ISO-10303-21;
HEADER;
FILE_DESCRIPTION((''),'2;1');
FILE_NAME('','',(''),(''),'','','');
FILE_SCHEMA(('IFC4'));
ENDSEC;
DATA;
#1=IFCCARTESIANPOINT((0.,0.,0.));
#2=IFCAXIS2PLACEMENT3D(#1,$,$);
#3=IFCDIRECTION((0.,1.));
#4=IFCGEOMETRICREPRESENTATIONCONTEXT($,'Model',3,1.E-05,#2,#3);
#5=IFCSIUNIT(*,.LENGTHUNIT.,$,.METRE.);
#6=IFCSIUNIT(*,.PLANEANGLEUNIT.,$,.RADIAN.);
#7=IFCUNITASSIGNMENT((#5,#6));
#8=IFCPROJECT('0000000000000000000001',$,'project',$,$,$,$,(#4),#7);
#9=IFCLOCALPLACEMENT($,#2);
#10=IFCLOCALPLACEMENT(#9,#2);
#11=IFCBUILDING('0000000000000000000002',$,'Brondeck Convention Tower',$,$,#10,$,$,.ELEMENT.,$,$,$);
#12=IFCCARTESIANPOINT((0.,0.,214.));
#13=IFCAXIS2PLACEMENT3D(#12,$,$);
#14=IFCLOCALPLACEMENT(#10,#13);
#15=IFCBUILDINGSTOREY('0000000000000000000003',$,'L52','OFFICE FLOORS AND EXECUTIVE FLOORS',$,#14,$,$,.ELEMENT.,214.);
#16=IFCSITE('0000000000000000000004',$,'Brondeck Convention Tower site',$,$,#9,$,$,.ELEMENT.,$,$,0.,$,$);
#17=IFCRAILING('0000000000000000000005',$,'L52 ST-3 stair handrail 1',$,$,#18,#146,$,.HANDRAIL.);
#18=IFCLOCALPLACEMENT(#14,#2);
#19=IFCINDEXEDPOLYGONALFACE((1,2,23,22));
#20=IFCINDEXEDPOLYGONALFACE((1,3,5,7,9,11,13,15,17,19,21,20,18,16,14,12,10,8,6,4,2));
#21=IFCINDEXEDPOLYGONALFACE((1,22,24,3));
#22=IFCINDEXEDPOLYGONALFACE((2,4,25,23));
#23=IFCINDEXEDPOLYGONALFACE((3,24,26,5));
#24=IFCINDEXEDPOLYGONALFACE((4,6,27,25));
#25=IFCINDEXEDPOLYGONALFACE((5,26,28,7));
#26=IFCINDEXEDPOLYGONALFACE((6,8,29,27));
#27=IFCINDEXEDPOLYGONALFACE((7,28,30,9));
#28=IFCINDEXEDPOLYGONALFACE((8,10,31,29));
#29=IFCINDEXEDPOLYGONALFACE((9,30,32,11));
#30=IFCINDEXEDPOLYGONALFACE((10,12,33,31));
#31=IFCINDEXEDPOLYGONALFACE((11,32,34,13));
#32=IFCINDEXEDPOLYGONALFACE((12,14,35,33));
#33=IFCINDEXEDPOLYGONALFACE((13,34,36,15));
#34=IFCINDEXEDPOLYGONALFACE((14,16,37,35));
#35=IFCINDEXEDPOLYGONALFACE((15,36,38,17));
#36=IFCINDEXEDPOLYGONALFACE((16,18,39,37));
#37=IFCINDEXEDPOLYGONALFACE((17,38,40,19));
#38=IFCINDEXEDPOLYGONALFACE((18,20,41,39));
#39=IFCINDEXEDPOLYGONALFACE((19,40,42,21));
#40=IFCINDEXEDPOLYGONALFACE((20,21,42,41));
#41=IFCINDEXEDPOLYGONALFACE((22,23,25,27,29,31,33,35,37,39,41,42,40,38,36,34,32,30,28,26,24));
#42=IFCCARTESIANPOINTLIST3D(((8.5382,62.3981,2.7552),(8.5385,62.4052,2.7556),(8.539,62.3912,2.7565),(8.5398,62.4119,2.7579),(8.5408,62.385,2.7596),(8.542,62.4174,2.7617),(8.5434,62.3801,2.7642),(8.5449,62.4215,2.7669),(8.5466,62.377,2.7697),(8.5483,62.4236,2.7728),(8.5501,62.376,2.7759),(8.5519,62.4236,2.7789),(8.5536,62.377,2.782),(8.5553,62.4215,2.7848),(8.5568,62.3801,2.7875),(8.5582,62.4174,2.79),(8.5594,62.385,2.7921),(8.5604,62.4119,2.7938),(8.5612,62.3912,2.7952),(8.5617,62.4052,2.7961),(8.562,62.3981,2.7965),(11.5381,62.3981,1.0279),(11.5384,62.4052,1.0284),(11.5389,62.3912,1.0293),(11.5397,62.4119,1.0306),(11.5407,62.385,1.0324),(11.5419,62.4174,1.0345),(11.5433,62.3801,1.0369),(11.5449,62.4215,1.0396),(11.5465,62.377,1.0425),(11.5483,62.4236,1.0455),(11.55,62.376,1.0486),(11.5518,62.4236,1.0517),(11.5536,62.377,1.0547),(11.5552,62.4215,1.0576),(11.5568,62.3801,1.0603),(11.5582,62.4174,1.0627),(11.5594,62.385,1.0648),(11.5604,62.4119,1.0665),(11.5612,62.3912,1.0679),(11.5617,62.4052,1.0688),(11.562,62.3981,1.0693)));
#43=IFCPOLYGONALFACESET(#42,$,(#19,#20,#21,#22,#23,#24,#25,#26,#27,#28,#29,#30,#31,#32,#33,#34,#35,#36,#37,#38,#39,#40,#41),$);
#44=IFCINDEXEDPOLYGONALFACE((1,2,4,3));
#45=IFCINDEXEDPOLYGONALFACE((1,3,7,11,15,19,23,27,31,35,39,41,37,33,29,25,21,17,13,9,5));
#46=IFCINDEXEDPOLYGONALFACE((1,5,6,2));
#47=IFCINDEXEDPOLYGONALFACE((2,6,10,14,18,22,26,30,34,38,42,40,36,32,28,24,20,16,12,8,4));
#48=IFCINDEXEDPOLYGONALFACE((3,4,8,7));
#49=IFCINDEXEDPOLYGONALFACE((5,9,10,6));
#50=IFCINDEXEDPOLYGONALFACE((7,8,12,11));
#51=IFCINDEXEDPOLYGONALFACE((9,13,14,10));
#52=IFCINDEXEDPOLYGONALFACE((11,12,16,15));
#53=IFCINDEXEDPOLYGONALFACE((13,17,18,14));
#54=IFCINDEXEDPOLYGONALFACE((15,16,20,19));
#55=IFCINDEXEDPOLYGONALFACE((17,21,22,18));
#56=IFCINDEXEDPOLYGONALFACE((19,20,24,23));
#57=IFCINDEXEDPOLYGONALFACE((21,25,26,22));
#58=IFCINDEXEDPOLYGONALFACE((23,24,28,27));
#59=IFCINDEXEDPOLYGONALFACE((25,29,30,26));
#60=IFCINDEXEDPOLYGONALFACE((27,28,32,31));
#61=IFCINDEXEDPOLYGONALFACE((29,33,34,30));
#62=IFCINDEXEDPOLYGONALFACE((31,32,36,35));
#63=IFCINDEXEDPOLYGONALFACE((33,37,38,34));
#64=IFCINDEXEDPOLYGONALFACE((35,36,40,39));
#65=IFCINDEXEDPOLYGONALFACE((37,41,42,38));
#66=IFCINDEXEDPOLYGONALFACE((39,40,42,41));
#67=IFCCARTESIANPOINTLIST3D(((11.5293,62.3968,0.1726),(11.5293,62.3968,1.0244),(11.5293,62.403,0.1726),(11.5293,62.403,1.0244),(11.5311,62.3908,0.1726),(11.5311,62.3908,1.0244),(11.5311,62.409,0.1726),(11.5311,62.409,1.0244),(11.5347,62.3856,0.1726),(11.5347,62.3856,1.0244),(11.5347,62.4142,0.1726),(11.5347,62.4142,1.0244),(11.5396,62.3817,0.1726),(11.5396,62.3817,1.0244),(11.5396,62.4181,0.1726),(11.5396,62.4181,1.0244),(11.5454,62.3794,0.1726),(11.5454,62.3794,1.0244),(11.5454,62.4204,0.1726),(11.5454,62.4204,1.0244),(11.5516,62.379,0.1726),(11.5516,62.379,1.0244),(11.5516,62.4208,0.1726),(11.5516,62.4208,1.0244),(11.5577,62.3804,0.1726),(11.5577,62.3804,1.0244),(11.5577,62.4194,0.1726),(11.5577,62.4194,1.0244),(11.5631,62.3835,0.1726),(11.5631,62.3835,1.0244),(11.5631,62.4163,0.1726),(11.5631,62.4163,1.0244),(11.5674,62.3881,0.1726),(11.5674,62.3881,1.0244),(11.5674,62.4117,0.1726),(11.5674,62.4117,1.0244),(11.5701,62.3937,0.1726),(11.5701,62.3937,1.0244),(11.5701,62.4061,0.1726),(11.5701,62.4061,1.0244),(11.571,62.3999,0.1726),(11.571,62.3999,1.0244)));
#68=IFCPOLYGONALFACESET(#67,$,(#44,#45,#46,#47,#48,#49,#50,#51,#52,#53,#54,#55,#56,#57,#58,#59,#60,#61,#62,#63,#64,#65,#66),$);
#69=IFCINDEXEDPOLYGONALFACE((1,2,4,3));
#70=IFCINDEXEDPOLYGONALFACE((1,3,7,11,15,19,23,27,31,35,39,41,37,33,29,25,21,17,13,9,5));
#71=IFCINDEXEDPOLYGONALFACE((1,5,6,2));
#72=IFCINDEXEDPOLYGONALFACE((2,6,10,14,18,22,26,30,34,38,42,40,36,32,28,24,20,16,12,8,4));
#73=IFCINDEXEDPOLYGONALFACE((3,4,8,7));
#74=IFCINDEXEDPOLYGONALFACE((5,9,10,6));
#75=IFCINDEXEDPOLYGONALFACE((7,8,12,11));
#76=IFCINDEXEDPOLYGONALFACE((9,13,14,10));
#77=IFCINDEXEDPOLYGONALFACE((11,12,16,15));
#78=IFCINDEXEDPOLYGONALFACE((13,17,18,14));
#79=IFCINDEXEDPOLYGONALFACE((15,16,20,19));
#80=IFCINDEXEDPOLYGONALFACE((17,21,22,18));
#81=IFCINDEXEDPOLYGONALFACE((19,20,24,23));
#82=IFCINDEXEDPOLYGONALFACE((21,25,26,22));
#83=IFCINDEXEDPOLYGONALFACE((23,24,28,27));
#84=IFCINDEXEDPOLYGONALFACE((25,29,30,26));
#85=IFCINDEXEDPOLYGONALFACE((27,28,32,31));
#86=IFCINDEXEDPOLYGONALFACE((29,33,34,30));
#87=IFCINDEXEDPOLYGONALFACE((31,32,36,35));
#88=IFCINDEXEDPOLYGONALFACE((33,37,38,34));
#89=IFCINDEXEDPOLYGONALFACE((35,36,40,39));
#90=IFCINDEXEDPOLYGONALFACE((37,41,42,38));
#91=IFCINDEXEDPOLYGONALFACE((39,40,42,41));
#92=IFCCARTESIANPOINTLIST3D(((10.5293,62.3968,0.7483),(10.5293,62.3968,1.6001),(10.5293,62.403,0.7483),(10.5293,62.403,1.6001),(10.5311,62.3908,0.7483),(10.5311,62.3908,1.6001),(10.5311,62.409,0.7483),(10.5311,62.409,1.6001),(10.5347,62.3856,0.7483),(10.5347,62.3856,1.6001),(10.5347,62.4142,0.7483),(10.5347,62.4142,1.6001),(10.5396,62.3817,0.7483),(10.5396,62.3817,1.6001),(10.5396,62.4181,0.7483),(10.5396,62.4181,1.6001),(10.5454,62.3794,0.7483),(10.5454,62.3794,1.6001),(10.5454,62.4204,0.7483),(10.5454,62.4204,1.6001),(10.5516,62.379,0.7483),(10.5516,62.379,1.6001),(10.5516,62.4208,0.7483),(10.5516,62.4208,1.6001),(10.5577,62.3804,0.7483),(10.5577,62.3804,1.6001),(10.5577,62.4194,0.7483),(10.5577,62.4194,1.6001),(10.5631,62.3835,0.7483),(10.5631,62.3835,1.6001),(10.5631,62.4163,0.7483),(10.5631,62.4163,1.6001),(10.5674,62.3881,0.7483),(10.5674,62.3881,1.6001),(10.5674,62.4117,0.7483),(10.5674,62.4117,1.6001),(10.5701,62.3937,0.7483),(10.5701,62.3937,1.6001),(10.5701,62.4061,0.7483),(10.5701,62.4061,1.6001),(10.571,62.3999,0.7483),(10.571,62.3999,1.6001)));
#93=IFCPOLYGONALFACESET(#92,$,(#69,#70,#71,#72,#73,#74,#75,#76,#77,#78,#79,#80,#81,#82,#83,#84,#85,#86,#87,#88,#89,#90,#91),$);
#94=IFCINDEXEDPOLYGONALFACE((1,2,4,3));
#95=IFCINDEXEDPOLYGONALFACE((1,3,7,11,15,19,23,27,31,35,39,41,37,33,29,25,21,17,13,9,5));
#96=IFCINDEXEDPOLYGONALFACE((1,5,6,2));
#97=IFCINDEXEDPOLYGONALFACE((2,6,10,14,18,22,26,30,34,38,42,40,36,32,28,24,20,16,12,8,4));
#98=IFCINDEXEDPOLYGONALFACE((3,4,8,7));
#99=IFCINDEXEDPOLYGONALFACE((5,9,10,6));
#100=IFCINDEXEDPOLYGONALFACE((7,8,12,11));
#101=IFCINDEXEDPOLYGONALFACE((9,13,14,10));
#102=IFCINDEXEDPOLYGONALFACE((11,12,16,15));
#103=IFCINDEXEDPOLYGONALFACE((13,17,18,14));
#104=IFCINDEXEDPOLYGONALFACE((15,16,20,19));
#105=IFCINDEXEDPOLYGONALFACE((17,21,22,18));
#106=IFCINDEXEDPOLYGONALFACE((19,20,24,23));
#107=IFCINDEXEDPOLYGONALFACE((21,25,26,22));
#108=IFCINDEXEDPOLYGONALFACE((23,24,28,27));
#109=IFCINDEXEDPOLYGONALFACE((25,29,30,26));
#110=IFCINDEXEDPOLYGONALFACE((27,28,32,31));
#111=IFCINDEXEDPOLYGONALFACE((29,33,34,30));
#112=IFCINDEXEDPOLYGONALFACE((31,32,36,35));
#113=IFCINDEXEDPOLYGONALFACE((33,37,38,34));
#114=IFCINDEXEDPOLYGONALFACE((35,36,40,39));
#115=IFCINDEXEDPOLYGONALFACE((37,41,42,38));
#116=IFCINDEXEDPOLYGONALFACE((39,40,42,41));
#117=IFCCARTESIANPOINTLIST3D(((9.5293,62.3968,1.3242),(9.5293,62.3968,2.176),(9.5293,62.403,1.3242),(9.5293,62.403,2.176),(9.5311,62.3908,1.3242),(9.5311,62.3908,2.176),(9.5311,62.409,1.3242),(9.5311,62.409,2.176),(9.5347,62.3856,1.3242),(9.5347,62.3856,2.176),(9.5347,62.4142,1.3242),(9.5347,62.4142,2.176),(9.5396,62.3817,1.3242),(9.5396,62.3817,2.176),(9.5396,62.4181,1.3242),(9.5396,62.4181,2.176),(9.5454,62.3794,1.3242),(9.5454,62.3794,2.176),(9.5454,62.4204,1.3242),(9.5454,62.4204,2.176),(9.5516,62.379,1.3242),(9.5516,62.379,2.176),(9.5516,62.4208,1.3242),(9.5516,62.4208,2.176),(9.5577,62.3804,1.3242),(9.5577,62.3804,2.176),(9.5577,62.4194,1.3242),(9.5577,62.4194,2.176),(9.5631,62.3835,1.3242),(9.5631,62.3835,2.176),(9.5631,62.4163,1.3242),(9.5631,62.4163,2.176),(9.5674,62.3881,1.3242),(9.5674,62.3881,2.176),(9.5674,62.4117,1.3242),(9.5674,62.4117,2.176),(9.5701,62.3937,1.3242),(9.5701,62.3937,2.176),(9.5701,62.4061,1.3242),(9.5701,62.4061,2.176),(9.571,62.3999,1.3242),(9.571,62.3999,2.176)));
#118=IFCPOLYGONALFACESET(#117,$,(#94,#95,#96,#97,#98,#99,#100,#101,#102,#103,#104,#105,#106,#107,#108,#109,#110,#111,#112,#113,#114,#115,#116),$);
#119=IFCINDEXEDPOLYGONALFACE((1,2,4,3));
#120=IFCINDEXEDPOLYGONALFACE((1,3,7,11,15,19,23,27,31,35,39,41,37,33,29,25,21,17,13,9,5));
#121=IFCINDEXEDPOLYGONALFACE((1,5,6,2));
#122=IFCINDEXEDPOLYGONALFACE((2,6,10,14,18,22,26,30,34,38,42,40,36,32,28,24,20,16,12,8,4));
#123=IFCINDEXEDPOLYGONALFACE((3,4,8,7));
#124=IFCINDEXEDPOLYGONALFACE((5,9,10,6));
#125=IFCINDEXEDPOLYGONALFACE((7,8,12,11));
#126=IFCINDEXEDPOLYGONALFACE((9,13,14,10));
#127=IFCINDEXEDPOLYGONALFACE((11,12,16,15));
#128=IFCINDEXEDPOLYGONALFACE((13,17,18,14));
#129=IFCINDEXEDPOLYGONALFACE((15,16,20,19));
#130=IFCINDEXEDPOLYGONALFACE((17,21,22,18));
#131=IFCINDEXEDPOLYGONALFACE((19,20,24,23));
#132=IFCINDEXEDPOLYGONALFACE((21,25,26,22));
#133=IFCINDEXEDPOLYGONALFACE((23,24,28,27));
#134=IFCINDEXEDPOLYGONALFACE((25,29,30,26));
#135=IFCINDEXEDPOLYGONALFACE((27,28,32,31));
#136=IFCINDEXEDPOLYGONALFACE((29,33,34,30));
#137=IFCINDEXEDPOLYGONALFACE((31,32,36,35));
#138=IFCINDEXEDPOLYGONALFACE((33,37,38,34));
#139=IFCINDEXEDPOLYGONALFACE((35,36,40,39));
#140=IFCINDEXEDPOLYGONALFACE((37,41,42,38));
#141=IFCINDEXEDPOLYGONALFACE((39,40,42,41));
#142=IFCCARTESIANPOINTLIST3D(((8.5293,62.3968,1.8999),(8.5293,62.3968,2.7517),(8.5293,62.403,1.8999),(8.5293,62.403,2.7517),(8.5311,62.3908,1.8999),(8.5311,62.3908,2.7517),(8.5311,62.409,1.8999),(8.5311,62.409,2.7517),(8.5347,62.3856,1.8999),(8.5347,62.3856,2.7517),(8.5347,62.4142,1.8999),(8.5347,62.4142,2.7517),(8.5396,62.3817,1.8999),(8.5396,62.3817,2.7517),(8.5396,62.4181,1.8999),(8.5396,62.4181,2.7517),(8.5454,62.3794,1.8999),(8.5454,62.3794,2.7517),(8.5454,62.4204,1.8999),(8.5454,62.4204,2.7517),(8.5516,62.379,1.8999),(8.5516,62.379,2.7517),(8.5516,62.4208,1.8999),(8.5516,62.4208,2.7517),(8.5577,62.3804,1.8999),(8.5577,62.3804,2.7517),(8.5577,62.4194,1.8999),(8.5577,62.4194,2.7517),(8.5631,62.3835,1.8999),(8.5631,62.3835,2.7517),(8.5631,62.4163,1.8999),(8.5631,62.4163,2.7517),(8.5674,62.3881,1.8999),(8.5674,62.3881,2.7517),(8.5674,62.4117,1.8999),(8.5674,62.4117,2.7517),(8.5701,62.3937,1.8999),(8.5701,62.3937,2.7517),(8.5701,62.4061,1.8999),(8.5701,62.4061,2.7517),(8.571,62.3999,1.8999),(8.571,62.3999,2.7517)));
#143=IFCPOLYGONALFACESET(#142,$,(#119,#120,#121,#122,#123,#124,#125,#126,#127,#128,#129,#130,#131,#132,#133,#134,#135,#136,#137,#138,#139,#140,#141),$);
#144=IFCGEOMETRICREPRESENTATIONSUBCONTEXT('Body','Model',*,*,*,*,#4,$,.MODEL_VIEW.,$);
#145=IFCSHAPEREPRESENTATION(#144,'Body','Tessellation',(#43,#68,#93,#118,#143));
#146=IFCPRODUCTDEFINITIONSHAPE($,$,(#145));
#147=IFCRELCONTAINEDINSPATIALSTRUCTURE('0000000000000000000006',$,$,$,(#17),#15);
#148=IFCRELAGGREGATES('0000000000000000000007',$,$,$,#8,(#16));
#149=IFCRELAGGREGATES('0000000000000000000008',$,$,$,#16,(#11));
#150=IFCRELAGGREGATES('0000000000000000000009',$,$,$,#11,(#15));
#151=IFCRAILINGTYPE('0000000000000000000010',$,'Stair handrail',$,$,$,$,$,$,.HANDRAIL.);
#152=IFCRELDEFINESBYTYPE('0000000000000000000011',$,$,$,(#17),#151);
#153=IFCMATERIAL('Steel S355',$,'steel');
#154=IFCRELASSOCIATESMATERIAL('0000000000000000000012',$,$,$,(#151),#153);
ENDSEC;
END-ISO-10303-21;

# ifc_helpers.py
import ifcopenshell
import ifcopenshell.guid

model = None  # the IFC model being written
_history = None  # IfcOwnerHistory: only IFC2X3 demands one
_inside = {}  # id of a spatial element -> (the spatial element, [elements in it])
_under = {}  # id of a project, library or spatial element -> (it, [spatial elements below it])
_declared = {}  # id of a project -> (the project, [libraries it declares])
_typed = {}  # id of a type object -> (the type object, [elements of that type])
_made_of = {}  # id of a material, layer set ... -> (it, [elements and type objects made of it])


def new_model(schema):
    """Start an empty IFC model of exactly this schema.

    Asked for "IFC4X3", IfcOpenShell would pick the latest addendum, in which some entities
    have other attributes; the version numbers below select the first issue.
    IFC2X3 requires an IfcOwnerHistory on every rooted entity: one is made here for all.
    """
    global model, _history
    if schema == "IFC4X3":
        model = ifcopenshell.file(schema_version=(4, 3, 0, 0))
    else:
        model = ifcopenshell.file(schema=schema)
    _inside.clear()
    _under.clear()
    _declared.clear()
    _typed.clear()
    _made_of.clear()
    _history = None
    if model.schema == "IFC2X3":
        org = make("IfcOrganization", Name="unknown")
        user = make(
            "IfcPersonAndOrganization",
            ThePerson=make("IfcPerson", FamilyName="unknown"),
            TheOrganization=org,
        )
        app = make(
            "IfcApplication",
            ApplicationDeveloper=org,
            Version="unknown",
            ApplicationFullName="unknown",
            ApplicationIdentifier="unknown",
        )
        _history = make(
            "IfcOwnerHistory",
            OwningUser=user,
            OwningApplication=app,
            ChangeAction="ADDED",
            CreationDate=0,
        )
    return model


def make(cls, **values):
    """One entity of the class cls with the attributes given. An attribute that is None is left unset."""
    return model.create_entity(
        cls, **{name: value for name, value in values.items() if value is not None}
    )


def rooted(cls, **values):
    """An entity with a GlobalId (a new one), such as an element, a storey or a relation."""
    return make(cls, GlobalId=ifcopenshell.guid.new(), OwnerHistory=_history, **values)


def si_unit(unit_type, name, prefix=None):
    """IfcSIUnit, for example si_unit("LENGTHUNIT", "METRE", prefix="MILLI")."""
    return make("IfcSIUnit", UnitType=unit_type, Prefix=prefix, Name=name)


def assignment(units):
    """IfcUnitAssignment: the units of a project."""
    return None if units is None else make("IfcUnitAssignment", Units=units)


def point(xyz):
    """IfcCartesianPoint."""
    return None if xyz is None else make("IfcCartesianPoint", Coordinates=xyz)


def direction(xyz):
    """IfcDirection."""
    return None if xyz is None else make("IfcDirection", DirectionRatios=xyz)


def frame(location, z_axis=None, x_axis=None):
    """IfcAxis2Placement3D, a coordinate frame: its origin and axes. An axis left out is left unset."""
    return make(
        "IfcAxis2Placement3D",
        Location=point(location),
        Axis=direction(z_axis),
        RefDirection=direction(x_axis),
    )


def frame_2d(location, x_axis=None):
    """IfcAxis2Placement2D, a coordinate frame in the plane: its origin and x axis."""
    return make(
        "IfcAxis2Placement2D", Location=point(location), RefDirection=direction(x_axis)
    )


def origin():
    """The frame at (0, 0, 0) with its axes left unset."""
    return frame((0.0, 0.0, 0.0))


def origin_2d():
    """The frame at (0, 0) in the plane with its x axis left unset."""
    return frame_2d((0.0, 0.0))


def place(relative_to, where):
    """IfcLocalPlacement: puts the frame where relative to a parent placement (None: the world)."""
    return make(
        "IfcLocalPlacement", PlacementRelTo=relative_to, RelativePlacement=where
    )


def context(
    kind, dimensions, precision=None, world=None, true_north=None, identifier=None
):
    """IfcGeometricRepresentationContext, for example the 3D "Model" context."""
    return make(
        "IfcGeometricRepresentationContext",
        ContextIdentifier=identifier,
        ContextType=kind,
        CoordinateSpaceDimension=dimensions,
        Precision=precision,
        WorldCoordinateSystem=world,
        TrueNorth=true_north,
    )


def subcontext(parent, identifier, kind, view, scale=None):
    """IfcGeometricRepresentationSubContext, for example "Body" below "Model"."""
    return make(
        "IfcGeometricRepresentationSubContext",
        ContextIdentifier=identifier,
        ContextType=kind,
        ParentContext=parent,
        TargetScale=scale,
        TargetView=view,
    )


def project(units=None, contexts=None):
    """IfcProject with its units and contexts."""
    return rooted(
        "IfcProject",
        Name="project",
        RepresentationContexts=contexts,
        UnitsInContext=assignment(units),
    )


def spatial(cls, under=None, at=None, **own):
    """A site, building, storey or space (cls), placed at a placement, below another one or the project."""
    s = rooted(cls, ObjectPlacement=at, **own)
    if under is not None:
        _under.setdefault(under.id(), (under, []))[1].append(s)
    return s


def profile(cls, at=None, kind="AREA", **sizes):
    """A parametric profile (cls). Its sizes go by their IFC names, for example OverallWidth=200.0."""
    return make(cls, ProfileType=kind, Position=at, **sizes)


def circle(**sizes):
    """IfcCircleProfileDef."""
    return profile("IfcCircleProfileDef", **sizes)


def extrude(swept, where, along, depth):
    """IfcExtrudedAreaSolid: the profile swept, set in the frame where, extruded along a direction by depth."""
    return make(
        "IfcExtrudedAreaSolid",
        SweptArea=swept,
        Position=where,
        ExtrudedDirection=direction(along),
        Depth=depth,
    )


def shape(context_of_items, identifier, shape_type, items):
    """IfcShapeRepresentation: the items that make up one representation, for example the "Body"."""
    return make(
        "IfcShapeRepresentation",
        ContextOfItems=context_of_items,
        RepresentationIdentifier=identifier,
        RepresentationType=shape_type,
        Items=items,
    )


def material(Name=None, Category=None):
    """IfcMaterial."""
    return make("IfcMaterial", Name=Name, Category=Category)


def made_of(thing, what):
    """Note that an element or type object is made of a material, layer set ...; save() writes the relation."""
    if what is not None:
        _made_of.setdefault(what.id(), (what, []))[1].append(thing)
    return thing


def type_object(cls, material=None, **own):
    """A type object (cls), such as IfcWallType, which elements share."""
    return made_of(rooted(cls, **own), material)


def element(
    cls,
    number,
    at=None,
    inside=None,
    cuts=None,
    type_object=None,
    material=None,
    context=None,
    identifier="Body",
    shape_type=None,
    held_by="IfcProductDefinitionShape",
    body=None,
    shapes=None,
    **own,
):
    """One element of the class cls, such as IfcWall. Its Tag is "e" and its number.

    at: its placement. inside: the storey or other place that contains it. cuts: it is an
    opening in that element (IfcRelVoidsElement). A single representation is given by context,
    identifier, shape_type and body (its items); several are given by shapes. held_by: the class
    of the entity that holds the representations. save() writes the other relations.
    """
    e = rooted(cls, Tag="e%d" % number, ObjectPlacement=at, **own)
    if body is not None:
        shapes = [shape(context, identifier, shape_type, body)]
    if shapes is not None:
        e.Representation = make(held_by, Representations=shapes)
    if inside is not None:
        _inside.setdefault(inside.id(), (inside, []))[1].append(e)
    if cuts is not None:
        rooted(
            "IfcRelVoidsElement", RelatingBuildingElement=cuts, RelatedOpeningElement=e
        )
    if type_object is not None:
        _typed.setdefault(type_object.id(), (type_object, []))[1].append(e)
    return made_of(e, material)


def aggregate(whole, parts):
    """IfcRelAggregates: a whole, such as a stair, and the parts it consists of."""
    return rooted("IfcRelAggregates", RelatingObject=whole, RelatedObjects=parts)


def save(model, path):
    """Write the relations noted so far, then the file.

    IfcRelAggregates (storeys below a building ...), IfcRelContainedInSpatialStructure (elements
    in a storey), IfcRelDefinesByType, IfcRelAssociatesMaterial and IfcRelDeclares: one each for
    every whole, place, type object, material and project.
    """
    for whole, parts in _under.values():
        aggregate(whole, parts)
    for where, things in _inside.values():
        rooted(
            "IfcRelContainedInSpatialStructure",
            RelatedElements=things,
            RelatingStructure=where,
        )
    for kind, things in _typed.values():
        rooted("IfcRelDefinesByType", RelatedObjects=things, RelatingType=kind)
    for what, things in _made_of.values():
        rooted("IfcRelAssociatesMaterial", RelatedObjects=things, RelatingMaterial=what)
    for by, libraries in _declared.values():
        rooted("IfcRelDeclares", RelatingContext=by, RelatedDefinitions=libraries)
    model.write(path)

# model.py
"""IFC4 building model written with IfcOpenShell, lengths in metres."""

from ifc_helpers import new_model, si_unit, direction, frame, origin, origin_2d, place, context, subcontext, project, spatial, circle, extrude, material, type_object, element, save


model = new_model("IFC4")

# Units and contexts
model_context = context("Model", 3, precision=1e-05, world=origin(), true_north=direction((0.0, 1.0)))
body_context = subcontext(model_context, "Body", "Model", "MODEL_VIEW")
ifc_project = project(units=[si_unit("LENGTHUNIT", "METRE"), si_unit("PLANEANGLEUNIT", "RADIAN")], contexts=[model_context])

# Site, building, storey
site_placement = place(None, origin())
site = spatial("IfcSite", under=ifc_project, at=site_placement, Name="Brondeck Convention Tower site", CompositionType="ELEMENT", RefElevation=0.0)
building_placement = place(site_placement, origin())
building = spatial("IfcBuilding", under=site, at=building_placement, Name="Brondeck Convention Tower", CompositionType="ELEMENT")
storey_placement = place(building_placement, frame((0.0, 0.0, 214.0)))
storey = spatial("IfcBuildingStorey", under=building, at=storey_placement, Name="L52", Description="OFFICE FLOORS AND EXECUTIVE FLOORS", CompositionType="ELEMENT", Elevation=214.0)

# Railing
ifc_material_1 = material(Name="Steel S355", Category="steel")
railing_type_1 = type_object("IfcRailingType", Name="Stair handrail", PredefinedType="HANDRAIL", material=ifc_material_1)
railing_1_placement = place(storey_placement, frame((11.55, 62.3999, 0.1726)))
element("IfcRailing", 1, at=railing_1_placement, inside=storey, type_object=railing_type_1, Name="L52 ST-3 stair handrail 1", PredefinedType="HANDRAIL", context=body_context, shape_type="SweptSolid", body=[
    extrude(circle(Radius=0.0239, at=origin_2d()), frame((0.0, 0.0, 0.876), z_axis=(-0.86662, 0.0, 0.498969), x_axis=(0.0, -1.0, 0.0)), (0.0, 0.0, 1.0), 3.4617),
    extrude(circle(Radius=0.021, at=origin_2d()), origin(), (0.0, 0.0, 1.0), 0.8518),
    extrude(circle(Radius=0.021, at=origin_2d()), frame((-1.0, 0.0, 0.5757)), (0.0, 0.0, 1.0), 0.8518),
    extrude(circle(Radius=0.021, at=origin_2d()), frame((-2.0, 0.0, 1.1516)), (0.0, 0.0, 1.0), 0.8518),
    extrude(circle(Radius=0.021, at=origin_2d()), frame((-3.0, 0.0, 1.7273)), (0.0, 0.0, 1.0), 0.8518),
])

save(model, "model.ifc")
